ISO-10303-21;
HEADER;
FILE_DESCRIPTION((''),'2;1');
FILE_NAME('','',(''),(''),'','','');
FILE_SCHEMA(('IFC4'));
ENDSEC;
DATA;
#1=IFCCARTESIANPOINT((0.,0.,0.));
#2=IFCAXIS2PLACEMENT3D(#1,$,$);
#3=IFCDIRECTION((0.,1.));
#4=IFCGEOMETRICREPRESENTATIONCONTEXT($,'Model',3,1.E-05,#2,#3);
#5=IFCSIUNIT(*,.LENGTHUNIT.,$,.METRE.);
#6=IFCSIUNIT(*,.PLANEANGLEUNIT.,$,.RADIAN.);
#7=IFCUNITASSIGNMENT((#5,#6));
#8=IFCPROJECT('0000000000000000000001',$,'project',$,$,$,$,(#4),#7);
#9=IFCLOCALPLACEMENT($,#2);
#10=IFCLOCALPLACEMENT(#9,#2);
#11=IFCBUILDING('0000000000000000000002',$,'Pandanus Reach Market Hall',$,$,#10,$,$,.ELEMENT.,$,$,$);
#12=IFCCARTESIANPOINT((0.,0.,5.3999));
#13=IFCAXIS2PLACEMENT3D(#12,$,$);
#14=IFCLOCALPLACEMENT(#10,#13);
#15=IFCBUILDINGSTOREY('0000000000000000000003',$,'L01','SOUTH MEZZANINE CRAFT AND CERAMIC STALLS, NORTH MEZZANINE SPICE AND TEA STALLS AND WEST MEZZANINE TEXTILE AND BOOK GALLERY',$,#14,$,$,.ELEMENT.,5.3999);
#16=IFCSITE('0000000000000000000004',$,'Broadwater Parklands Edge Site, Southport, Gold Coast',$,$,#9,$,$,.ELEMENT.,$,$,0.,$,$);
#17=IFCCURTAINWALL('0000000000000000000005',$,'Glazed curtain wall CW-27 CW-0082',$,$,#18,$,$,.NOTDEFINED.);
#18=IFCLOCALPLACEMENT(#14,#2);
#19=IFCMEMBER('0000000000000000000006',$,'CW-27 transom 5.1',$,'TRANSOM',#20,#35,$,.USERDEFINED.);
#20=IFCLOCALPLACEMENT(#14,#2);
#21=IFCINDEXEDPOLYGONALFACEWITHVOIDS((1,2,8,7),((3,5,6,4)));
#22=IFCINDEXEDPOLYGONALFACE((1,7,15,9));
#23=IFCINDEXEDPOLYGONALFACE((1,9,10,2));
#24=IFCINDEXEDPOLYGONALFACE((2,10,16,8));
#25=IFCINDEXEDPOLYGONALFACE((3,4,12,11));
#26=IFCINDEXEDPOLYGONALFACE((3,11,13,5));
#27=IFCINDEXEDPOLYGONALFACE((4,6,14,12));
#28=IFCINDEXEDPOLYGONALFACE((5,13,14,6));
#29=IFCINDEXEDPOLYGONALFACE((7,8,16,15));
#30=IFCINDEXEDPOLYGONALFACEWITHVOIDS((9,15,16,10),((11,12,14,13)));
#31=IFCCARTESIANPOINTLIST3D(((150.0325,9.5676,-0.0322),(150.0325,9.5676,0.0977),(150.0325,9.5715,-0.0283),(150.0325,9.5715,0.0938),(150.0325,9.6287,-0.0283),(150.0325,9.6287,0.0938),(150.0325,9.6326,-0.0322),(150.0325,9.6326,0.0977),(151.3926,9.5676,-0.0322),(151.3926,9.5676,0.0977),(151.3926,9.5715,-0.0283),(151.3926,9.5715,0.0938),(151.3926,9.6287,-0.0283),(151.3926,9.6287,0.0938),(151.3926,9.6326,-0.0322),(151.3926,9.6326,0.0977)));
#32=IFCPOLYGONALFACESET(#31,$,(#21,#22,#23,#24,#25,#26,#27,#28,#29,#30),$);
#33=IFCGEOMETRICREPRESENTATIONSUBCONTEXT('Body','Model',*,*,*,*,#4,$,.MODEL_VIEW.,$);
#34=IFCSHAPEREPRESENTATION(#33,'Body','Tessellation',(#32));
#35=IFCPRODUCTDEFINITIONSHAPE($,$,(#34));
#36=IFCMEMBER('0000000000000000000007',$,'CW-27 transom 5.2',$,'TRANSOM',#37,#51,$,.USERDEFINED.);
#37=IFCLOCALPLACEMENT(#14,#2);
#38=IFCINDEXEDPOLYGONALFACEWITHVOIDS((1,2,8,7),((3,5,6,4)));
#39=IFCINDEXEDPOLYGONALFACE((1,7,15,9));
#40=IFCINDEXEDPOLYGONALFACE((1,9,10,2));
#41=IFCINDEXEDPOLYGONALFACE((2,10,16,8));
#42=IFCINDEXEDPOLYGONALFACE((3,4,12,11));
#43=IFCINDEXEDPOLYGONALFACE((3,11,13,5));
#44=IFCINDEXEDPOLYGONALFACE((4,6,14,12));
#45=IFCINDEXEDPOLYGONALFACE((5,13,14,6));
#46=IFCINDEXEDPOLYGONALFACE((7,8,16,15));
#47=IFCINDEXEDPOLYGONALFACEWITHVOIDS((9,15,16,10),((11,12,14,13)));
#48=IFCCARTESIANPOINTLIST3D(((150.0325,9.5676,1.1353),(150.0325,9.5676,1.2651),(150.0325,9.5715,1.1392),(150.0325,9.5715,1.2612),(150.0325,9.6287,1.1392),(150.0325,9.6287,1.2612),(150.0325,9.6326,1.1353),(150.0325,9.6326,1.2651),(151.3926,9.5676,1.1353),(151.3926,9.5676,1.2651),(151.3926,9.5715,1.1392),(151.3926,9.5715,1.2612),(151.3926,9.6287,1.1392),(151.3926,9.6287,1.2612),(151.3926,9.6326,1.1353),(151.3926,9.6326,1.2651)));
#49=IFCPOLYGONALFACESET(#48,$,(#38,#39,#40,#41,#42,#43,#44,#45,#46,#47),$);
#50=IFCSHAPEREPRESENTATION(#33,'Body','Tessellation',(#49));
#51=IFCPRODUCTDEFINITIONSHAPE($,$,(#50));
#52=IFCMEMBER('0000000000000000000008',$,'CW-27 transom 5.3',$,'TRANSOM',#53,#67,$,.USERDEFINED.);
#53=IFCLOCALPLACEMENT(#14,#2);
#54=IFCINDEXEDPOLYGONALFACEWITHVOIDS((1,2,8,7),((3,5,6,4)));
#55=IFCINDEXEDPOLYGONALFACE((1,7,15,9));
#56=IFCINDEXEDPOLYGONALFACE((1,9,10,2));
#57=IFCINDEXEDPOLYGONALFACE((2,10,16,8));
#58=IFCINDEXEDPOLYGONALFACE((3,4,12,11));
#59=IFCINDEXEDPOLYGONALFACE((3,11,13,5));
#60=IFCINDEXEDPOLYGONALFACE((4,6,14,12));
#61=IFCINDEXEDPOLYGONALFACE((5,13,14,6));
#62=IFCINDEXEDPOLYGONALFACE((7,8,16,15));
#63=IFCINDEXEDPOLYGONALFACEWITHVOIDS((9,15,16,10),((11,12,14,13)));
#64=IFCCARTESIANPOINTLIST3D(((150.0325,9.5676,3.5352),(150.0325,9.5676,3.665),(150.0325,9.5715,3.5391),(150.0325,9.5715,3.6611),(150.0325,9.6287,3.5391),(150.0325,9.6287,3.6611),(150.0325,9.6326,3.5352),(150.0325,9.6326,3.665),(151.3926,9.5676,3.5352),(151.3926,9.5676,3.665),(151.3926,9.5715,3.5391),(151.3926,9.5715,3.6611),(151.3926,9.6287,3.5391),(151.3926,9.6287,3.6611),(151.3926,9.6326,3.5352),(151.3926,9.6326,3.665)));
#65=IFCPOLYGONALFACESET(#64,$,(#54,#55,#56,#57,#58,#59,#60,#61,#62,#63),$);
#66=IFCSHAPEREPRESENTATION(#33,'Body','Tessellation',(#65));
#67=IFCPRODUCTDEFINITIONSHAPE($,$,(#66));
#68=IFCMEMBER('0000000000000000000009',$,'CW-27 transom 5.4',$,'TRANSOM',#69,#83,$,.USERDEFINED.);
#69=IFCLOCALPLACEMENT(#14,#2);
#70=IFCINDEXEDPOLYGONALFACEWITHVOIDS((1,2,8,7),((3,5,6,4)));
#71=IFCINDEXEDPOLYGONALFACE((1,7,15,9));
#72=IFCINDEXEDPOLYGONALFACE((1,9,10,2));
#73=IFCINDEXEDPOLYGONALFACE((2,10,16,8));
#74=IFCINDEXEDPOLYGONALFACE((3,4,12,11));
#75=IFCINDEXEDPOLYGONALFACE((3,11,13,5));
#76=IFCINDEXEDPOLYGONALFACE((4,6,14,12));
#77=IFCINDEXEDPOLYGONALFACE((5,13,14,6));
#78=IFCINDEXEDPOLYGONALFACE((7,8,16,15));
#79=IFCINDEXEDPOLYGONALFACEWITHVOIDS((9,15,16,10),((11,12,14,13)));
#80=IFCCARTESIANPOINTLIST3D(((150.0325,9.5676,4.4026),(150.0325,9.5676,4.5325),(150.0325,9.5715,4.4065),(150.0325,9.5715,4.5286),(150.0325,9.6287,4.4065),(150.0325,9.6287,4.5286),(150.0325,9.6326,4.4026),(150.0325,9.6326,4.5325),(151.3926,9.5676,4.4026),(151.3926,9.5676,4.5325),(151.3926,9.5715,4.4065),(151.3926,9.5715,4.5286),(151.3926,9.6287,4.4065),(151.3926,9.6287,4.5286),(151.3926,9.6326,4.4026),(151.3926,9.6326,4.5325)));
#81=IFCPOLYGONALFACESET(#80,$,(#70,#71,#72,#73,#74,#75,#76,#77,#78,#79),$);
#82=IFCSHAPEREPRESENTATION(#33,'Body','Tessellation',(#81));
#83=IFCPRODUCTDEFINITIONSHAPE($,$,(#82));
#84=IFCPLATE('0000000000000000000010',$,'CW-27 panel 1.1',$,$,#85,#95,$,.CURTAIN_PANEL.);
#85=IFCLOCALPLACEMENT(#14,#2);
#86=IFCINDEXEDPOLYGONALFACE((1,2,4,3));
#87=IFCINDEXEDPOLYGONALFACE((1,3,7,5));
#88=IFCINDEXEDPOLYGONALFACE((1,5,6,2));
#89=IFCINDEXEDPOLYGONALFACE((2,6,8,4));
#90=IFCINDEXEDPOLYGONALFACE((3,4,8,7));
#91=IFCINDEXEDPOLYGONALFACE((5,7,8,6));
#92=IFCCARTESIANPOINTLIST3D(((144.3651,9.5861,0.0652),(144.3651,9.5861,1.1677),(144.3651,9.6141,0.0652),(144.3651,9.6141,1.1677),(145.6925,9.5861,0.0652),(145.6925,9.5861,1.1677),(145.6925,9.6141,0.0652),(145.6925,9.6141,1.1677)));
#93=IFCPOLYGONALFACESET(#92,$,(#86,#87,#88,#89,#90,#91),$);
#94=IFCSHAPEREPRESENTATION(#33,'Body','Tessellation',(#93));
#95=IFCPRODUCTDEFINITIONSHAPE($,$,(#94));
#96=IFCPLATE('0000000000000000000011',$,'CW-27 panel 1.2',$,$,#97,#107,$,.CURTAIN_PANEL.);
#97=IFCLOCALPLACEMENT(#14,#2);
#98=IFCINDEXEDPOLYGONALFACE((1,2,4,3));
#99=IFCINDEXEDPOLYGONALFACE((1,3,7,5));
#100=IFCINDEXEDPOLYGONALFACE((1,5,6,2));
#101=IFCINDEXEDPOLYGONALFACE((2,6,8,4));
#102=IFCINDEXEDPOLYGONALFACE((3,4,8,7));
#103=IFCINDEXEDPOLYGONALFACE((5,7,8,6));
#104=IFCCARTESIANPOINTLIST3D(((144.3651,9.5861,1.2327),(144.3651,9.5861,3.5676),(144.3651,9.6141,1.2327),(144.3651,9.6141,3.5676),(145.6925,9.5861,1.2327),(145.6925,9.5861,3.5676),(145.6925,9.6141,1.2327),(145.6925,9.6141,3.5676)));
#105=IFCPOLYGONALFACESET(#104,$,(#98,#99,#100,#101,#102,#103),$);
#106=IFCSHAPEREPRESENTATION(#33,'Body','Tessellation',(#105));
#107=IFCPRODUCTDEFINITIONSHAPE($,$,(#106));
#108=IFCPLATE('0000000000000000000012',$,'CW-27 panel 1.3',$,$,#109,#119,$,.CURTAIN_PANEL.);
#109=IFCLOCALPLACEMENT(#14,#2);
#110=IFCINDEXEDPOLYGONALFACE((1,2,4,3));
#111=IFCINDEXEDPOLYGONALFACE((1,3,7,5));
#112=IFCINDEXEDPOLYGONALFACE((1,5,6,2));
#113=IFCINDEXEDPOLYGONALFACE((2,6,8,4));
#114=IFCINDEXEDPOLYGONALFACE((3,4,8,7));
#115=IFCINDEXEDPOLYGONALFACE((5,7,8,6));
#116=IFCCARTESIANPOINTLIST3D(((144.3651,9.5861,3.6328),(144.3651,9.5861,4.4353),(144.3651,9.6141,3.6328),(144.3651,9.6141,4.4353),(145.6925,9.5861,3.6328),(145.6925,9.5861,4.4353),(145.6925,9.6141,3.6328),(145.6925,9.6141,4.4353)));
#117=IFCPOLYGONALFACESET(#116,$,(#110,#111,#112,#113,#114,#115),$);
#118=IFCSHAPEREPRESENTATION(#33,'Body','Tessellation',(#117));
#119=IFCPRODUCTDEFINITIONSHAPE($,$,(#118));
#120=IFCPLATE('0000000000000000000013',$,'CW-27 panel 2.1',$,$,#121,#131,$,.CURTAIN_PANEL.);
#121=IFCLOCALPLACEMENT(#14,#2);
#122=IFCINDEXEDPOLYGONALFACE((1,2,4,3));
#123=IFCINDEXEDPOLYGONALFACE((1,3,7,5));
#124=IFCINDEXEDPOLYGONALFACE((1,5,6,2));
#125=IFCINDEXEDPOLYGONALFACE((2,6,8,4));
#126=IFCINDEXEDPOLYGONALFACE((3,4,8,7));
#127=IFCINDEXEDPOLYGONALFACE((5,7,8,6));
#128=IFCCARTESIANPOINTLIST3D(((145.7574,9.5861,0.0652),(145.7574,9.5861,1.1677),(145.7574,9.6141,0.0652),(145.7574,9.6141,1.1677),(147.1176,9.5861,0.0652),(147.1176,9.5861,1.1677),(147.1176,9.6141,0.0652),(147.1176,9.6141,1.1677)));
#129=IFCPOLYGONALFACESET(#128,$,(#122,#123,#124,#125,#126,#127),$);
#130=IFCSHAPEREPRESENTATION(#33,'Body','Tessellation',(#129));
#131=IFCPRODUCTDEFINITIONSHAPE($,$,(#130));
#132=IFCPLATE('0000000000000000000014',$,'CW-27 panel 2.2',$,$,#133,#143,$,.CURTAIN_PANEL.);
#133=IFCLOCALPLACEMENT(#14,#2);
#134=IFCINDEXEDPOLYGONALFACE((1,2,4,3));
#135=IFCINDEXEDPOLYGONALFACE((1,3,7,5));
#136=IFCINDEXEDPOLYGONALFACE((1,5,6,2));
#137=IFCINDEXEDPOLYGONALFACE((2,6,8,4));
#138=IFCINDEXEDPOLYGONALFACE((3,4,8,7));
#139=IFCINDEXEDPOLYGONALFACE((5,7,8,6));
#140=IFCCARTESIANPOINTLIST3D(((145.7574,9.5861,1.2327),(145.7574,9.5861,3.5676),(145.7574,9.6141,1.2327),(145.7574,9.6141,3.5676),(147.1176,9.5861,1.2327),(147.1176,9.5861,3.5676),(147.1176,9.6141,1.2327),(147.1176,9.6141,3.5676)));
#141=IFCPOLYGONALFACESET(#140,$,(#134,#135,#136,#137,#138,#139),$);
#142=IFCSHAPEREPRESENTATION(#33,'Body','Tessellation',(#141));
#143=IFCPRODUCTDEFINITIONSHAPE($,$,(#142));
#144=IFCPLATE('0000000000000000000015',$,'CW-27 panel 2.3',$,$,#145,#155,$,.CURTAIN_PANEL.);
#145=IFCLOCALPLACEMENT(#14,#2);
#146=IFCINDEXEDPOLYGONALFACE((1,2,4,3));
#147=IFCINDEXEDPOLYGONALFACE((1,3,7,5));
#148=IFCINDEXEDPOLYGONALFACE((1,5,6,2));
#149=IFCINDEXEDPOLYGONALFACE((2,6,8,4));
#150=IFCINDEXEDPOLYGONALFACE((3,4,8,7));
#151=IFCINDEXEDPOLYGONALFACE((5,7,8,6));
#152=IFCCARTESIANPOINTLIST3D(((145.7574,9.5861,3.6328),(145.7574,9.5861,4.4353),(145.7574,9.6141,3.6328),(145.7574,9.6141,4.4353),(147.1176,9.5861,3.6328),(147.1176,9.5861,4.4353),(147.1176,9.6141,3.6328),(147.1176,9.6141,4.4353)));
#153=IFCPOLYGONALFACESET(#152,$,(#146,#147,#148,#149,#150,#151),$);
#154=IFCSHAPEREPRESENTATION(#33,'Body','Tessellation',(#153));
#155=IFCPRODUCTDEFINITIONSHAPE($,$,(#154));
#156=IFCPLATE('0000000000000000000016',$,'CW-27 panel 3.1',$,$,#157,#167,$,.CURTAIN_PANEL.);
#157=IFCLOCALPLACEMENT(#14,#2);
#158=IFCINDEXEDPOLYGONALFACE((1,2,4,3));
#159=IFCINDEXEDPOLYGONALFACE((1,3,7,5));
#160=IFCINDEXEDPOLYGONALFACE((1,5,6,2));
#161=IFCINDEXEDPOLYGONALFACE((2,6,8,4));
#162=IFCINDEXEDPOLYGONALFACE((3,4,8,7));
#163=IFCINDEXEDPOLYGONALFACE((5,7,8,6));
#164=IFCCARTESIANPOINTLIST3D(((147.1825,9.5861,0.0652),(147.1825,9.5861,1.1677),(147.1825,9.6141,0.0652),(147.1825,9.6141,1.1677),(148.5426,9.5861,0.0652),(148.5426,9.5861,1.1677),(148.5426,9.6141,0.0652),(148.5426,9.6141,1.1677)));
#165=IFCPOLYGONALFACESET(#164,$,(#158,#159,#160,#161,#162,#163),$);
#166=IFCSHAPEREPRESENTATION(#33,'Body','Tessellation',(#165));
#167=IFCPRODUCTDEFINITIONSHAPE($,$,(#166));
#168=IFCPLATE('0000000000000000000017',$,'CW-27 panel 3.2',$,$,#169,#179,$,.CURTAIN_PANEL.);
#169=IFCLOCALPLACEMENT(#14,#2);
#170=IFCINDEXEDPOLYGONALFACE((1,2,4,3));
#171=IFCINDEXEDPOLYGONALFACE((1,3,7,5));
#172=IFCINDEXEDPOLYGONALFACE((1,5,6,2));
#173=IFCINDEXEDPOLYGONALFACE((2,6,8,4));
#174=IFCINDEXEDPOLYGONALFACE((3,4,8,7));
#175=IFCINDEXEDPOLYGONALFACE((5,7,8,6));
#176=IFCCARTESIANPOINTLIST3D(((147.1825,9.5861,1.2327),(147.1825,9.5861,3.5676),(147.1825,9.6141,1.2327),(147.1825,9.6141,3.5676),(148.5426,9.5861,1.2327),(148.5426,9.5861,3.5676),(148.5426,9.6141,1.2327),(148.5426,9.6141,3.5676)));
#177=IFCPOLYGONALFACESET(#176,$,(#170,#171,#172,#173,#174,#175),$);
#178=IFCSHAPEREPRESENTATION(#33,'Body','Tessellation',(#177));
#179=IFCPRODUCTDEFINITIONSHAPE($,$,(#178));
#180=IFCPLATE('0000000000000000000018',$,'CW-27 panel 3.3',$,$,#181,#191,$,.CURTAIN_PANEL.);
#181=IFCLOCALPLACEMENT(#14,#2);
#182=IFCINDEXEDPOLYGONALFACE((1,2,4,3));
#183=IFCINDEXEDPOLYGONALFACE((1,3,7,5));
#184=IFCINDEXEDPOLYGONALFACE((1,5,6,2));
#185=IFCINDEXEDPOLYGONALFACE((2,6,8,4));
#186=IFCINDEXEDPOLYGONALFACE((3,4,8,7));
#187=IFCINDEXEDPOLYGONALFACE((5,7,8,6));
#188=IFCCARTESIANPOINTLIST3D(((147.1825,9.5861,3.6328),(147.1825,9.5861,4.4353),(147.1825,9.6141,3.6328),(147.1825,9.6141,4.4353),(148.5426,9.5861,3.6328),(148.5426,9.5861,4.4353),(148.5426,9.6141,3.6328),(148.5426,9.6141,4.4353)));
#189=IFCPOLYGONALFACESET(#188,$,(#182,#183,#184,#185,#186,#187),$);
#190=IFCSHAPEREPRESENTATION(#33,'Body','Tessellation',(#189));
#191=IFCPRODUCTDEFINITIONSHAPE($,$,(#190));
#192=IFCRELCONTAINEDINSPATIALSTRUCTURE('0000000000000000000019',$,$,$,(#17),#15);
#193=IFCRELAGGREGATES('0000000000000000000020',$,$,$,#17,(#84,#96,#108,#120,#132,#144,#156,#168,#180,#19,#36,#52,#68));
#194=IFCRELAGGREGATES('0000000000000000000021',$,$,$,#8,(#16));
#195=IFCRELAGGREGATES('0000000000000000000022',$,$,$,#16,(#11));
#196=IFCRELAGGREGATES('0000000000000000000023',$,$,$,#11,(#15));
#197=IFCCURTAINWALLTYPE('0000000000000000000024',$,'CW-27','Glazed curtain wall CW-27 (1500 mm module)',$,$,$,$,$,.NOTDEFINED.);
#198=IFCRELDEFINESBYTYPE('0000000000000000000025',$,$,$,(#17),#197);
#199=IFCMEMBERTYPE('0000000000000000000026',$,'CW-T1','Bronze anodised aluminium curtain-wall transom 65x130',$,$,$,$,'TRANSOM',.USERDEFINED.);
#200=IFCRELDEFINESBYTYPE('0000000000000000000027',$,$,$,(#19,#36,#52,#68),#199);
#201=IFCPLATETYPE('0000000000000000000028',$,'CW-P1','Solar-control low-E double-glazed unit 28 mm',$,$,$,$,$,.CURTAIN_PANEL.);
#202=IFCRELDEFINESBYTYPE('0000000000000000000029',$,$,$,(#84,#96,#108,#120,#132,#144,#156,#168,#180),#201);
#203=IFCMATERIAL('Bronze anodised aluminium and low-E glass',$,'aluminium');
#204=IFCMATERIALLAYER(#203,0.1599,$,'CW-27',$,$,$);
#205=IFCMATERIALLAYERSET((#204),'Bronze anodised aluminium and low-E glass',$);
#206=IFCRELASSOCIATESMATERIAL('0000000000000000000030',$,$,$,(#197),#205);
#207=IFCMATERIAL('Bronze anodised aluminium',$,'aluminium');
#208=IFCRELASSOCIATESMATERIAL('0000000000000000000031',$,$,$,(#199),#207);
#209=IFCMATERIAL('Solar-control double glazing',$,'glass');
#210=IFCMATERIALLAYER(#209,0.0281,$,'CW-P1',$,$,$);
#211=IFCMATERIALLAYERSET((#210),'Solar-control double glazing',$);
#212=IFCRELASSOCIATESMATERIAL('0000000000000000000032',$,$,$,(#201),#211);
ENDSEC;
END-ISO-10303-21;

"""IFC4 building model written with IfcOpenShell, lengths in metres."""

from ifc_helpers import new_model, si_unit, direction, frame, origin, origin_2d, place, context, subcontext, project, spatial, rectangle, hollow_rectangle, extrude, material, layer, layer_set, material_profile, profile_set, type_object, element, aggregate, save


model = new_model("IFC4")

# Units and contexts
model_context = context("Model", 3, precision=1e-05, world=origin(), true_north=direction((0.0, 1.0)))
body_context = subcontext(model_context, "Body", "Model", "MODEL_VIEW")
ifc_project = project(units=[si_unit("LENGTHUNIT", "METRE"), si_unit("PLANEANGLEUNIT", "RADIAN")], contexts=[model_context])

# Site, building, storey
site_placement = place(None, origin())
site = spatial("IfcSite", under=ifc_project, at=site_placement, Name="Broadwater Parklands Edge Site, Southport, Gold Coast", CompositionType="ELEMENT", RefElevation=0.0)
building_placement = place(site_placement, origin())
building = spatial("IfcBuilding", under=site, at=building_placement, Name="Pandanus Reach Market Hall", CompositionType="ELEMENT")
storey_placement = place(building_placement, frame((0.0, 0.0, 5.3999)))
storey = spatial("IfcBuildingStorey", under=building, at=storey_placement, Name="L01", Description="SOUTH MEZZANINE CRAFT AND CERAMIC STALLS, NORTH MEZZANINE SPICE AND TEA STALLS AND WEST MEZZANINE TEXTILE AND BOOK GALLERY", CompositionType="ELEMENT", Elevation=5.3999)

# Curtain wall, members, plates
ifc_material_1 = material(Name="Bronze anodised aluminium and low-E glass", Category="aluminium")
ifc_layer_1 = layer(ifc_material_1, 0.1599, Name="CW-27")
ifc_layer_set_1 = layer_set([ifc_layer_1], Name="Bronze anodised aluminium and low-E glass")
curtain_wall_type = type_object("IfcCurtainWallType", Name="CW-27", Description="Glazed curtain wall CW-27 (1500 mm module)", PredefinedType="NOTDEFINED", material=ifc_layer_set_1)
curtain_wall_placement = place(storey_placement, origin())
curtain_wall = element("IfcCurtainWall", 1, at=curtain_wall_placement, inside=storey, type_object=curtain_wall_type, Name="Glazed curtain wall CW-27 CW-0082", PredefinedType="NOTDEFINED")
ifc_material_2 = material(Name="Bronze anodised aluminium", Category="aluminium")
ifc_material_profile_1 = material_profile(ifc_material_2, hollow_rectangle(XDim=0.0649, YDim=0.1299, WallThickness=0.0039, at=origin_2d()), Name="ALU65x130", Category="LoadBearing")
ifc_profile_set_1 = profile_set([ifc_material_profile_1], Name="Bronze anodised aluminium")
member_type_1 = type_object("IfcMemberType", Name="CW-T1", Description="Bronze anodised aluminium curtain-wall transom 65x130", ElementType="TRANSOM", PredefinedType="USERDEFINED", material=ifc_profile_set_1)
member_1_placement = place(storey_placement, frame((150.0325, 9.6001, 0.0327), z_axis=(1.0, 0.0, 0.0), x_axis=(0.0, 1.0, 0.0)))
member_1 = element("IfcMember", 2, at=member_1_placement, type_object=member_type_1, Name="CW-27 transom 5.1", ObjectType="TRANSOM", PredefinedType="USERDEFINED", context=body_context, shape_type="SweptSolid", body=[
    extrude(hollow_rectangle(XDim=0.0649, YDim=0.1299, WallThickness=0.0039, at=origin_2d()), origin(), (0.0, 0.0, 1.0), 1.3601),
])
member_2_placement = place(storey_placement, frame((150.0325, 9.6001, 1.2002), z_axis=(1.0, 0.0, 0.0), x_axis=(0.0, 1.0, 0.0)))
member_2 = element("IfcMember", 3, at=member_2_placement, type_object=member_type_1, Name="CW-27 transom 5.2", ObjectType="TRANSOM", PredefinedType="USERDEFINED", context=body_context, shape_type="SweptSolid", body=[
    extrude(hollow_rectangle(XDim=0.0649, YDim=0.1299, WallThickness=0.0039, at=origin_2d()), origin(), (0.0, 0.0, 1.0), 1.3601),
])
member_3_placement = place(storey_placement, frame((150.0325, 9.6001, 3.6001), z_axis=(1.0, 0.0, 0.0), x_axis=(0.0, 1.0, 0.0)))
member_3 = element("IfcMember", 4, at=member_3_placement, type_object=member_type_1, Name="CW-27 transom 5.3", ObjectType="TRANSOM", PredefinedType="USERDEFINED", context=body_context, shape_type="SweptSolid", body=[
    extrude(hollow_rectangle(XDim=0.0649, YDim=0.1299, WallThickness=0.0039, at=origin_2d()), origin(), (0.0, 0.0, 1.0), 1.3601),
])
member_4_placement = place(storey_placement, frame((150.0325, 9.6001, 4.4675), z_axis=(1.0, 0.0, 0.0), x_axis=(0.0, 1.0, 0.0)))
member_4 = element("IfcMember", 5, at=member_4_placement, type_object=member_type_1, Name="CW-27 transom 5.4", ObjectType="TRANSOM", PredefinedType="USERDEFINED", context=body_context, shape_type="SweptSolid", body=[
    extrude(hollow_rectangle(XDim=0.0649, YDim=0.1299, WallThickness=0.0039, at=origin_2d()), origin(), (0.0, 0.0, 1.0), 1.3601),
])
ifc_material_3 = material(Name="Solar-control double glazing", Category="glass")
ifc_layer_2 = layer(ifc_material_3, 0.0281, Name="CW-P1")
ifc_layer_set_2 = layer_set([ifc_layer_2], Name="Solar-control double glazing")
plate_type = type_object("IfcPlateType", Name="CW-P1", Description="Solar-control low-E double-glazed unit 28 mm", PredefinedType="CURTAIN_PANEL", material=ifc_layer_set_2)
plate_1_placement = place(storey_placement, frame((145.0288, 9.6001, 0.0652), z_axis=(0.0, 0.0, 1.0), x_axis=(1.0, 0.0, 0.0)))
plate_1 = element("IfcPlate", 6, at=plate_1_placement, type_object=plate_type, Name="CW-27 panel 1.1", PredefinedType="CURTAIN_PANEL", context=body_context, shape_type="SweptSolid", body=[
    extrude(rectangle(XDim=1.3274, YDim=0.0281, at=origin_2d()), origin(), (0.0, 0.0, 1.0), 1.1025),
])
plate_2_placement = place(storey_placement, frame((145.0288, 9.6001, 1.2327), z_axis=(0.0, 0.0, 1.0), x_axis=(1.0, 0.0, 0.0)))
plate_2 = element("IfcPlate", 7, at=plate_2_placement, type_object=plate_type, Name="CW-27 panel 1.2", PredefinedType="CURTAIN_PANEL", context=body_context, shape_type="SweptSolid", body=[
    extrude(rectangle(XDim=1.3274, YDim=0.0281, at=origin_2d()), origin(), (0.0, 0.0, 1.0), 2.335),
])
plate_3_placement = place(storey_placement, frame((145.0288, 9.6001, 3.6328), z_axis=(0.0, 0.0, 1.0), x_axis=(1.0, 0.0, 0.0)))
plate_3 = element("IfcPlate", 8, at=plate_3_placement, type_object=plate_type, Name="CW-27 panel 1.3", PredefinedType="CURTAIN_PANEL", context=body_context, shape_type="SweptSolid", body=[
    extrude(rectangle(XDim=1.3274, YDim=0.0281, at=origin_2d()), origin(), (0.0, 0.0, 1.0), 0.8025),
])
plate_4_placement = place(storey_placement, frame((146.4375, 9.6001, 0.0652), z_axis=(0.0, 0.0, 1.0), x_axis=(1.0, 0.0, 0.0)))
plate_4 = element("IfcPlate", 9, at=plate_4_placement, type_object=plate_type, Name="CW-27 panel 2.1", PredefinedType="CURTAIN_PANEL", context=body_context, shape_type="SweptSolid", body=[
    extrude(rectangle(XDim=1.3601, YDim=0.0281, at=origin_2d()), origin(), (0.0, 0.0, 1.0), 1.1025),
])
plate_5_placement = place(storey_placement, frame((146.4375, 9.6001, 1.2327), z_axis=(0.0, 0.0, 1.0), x_axis=(1.0, 0.0, 0.0)))
plate_5 = element("IfcPlate", 10, at=plate_5_placement, type_object=plate_type, Name="CW-27 panel 2.2", PredefinedType="CURTAIN_PANEL", context=body_context, shape_type="SweptSolid", body=[
    extrude(rectangle(XDim=1.3601, YDim=0.0281, at=origin_2d()), origin(), (0.0, 0.0, 1.0), 2.335),
])
plate_6_placement = place(storey_placement, frame((146.4375, 9.6001, 3.6328), z_axis=(0.0, 0.0, 1.0), x_axis=(1.0, 0.0, 0.0)))
plate_6 = element("IfcPlate", 11, at=plate_6_placement, type_object=plate_type, Name="CW-27 panel 2.3", PredefinedType="CURTAIN_PANEL", context=body_context, shape_type="SweptSolid", body=[
    extrude(rectangle(XDim=1.3601, YDim=0.0281, at=origin_2d()), origin(), (0.0, 0.0, 1.0), 0.8025),
])
plate_7_placement = place(storey_placement, frame((147.8625, 9.6001, 0.0652), z_axis=(0.0, 0.0, 1.0), x_axis=(1.0, 0.0, 0.0)))
plate_7 = element("IfcPlate", 12, at=plate_7_placement, type_object=plate_type, Name="CW-27 panel 3.1", PredefinedType="CURTAIN_PANEL", context=body_context, shape_type="SweptSolid", body=[
    extrude(rectangle(XDim=1.3601, YDim=0.0281, at=origin_2d()), origin(), (0.0, 0.0, 1.0), 1.1025),
])
plate_8_placement = place(storey_placement, frame((147.8625, 9.6001, 1.2327), z_axis=(0.0, 0.0, 1.0), x_axis=(1.0, 0.0, 0.0)))
plate_8 = element("IfcPlate", 13, at=plate_8_placement, type_object=plate_type, Name="CW-27 panel 3.2", PredefinedType="CURTAIN_PANEL", context=body_context, shape_type="SweptSolid", body=[
    extrude(rectangle(XDim=1.3601, YDim=0.0281, at=origin_2d()), origin(), (0.0, 0.0, 1.0), 2.335),
])
plate_9_placement = place(storey_placement, frame((147.8625, 9.6001, 3.6328), z_axis=(0.0, 0.0, 1.0), x_axis=(1.0, 0.0, 0.0)))
plate_9 = element("IfcPlate", 14, at=plate_9_placement, type_object=plate_type, Name="CW-27 panel 3.3", PredefinedType="CURTAIN_PANEL", context=body_context, shape_type="SweptSolid", body=[
    extrude(rectangle(XDim=1.3601, YDim=0.0281, at=origin_2d()), origin(), (0.0, 0.0, 1.0), 0.8025),
])
aggregate(curtain_wall, [plate_1, plate_2, plate_3, plate_4, plate_5, plate_6, plate_7, plate_8, plate_9, member_1, member_2, member_3, member_4])

save(model, "model.ifc")
